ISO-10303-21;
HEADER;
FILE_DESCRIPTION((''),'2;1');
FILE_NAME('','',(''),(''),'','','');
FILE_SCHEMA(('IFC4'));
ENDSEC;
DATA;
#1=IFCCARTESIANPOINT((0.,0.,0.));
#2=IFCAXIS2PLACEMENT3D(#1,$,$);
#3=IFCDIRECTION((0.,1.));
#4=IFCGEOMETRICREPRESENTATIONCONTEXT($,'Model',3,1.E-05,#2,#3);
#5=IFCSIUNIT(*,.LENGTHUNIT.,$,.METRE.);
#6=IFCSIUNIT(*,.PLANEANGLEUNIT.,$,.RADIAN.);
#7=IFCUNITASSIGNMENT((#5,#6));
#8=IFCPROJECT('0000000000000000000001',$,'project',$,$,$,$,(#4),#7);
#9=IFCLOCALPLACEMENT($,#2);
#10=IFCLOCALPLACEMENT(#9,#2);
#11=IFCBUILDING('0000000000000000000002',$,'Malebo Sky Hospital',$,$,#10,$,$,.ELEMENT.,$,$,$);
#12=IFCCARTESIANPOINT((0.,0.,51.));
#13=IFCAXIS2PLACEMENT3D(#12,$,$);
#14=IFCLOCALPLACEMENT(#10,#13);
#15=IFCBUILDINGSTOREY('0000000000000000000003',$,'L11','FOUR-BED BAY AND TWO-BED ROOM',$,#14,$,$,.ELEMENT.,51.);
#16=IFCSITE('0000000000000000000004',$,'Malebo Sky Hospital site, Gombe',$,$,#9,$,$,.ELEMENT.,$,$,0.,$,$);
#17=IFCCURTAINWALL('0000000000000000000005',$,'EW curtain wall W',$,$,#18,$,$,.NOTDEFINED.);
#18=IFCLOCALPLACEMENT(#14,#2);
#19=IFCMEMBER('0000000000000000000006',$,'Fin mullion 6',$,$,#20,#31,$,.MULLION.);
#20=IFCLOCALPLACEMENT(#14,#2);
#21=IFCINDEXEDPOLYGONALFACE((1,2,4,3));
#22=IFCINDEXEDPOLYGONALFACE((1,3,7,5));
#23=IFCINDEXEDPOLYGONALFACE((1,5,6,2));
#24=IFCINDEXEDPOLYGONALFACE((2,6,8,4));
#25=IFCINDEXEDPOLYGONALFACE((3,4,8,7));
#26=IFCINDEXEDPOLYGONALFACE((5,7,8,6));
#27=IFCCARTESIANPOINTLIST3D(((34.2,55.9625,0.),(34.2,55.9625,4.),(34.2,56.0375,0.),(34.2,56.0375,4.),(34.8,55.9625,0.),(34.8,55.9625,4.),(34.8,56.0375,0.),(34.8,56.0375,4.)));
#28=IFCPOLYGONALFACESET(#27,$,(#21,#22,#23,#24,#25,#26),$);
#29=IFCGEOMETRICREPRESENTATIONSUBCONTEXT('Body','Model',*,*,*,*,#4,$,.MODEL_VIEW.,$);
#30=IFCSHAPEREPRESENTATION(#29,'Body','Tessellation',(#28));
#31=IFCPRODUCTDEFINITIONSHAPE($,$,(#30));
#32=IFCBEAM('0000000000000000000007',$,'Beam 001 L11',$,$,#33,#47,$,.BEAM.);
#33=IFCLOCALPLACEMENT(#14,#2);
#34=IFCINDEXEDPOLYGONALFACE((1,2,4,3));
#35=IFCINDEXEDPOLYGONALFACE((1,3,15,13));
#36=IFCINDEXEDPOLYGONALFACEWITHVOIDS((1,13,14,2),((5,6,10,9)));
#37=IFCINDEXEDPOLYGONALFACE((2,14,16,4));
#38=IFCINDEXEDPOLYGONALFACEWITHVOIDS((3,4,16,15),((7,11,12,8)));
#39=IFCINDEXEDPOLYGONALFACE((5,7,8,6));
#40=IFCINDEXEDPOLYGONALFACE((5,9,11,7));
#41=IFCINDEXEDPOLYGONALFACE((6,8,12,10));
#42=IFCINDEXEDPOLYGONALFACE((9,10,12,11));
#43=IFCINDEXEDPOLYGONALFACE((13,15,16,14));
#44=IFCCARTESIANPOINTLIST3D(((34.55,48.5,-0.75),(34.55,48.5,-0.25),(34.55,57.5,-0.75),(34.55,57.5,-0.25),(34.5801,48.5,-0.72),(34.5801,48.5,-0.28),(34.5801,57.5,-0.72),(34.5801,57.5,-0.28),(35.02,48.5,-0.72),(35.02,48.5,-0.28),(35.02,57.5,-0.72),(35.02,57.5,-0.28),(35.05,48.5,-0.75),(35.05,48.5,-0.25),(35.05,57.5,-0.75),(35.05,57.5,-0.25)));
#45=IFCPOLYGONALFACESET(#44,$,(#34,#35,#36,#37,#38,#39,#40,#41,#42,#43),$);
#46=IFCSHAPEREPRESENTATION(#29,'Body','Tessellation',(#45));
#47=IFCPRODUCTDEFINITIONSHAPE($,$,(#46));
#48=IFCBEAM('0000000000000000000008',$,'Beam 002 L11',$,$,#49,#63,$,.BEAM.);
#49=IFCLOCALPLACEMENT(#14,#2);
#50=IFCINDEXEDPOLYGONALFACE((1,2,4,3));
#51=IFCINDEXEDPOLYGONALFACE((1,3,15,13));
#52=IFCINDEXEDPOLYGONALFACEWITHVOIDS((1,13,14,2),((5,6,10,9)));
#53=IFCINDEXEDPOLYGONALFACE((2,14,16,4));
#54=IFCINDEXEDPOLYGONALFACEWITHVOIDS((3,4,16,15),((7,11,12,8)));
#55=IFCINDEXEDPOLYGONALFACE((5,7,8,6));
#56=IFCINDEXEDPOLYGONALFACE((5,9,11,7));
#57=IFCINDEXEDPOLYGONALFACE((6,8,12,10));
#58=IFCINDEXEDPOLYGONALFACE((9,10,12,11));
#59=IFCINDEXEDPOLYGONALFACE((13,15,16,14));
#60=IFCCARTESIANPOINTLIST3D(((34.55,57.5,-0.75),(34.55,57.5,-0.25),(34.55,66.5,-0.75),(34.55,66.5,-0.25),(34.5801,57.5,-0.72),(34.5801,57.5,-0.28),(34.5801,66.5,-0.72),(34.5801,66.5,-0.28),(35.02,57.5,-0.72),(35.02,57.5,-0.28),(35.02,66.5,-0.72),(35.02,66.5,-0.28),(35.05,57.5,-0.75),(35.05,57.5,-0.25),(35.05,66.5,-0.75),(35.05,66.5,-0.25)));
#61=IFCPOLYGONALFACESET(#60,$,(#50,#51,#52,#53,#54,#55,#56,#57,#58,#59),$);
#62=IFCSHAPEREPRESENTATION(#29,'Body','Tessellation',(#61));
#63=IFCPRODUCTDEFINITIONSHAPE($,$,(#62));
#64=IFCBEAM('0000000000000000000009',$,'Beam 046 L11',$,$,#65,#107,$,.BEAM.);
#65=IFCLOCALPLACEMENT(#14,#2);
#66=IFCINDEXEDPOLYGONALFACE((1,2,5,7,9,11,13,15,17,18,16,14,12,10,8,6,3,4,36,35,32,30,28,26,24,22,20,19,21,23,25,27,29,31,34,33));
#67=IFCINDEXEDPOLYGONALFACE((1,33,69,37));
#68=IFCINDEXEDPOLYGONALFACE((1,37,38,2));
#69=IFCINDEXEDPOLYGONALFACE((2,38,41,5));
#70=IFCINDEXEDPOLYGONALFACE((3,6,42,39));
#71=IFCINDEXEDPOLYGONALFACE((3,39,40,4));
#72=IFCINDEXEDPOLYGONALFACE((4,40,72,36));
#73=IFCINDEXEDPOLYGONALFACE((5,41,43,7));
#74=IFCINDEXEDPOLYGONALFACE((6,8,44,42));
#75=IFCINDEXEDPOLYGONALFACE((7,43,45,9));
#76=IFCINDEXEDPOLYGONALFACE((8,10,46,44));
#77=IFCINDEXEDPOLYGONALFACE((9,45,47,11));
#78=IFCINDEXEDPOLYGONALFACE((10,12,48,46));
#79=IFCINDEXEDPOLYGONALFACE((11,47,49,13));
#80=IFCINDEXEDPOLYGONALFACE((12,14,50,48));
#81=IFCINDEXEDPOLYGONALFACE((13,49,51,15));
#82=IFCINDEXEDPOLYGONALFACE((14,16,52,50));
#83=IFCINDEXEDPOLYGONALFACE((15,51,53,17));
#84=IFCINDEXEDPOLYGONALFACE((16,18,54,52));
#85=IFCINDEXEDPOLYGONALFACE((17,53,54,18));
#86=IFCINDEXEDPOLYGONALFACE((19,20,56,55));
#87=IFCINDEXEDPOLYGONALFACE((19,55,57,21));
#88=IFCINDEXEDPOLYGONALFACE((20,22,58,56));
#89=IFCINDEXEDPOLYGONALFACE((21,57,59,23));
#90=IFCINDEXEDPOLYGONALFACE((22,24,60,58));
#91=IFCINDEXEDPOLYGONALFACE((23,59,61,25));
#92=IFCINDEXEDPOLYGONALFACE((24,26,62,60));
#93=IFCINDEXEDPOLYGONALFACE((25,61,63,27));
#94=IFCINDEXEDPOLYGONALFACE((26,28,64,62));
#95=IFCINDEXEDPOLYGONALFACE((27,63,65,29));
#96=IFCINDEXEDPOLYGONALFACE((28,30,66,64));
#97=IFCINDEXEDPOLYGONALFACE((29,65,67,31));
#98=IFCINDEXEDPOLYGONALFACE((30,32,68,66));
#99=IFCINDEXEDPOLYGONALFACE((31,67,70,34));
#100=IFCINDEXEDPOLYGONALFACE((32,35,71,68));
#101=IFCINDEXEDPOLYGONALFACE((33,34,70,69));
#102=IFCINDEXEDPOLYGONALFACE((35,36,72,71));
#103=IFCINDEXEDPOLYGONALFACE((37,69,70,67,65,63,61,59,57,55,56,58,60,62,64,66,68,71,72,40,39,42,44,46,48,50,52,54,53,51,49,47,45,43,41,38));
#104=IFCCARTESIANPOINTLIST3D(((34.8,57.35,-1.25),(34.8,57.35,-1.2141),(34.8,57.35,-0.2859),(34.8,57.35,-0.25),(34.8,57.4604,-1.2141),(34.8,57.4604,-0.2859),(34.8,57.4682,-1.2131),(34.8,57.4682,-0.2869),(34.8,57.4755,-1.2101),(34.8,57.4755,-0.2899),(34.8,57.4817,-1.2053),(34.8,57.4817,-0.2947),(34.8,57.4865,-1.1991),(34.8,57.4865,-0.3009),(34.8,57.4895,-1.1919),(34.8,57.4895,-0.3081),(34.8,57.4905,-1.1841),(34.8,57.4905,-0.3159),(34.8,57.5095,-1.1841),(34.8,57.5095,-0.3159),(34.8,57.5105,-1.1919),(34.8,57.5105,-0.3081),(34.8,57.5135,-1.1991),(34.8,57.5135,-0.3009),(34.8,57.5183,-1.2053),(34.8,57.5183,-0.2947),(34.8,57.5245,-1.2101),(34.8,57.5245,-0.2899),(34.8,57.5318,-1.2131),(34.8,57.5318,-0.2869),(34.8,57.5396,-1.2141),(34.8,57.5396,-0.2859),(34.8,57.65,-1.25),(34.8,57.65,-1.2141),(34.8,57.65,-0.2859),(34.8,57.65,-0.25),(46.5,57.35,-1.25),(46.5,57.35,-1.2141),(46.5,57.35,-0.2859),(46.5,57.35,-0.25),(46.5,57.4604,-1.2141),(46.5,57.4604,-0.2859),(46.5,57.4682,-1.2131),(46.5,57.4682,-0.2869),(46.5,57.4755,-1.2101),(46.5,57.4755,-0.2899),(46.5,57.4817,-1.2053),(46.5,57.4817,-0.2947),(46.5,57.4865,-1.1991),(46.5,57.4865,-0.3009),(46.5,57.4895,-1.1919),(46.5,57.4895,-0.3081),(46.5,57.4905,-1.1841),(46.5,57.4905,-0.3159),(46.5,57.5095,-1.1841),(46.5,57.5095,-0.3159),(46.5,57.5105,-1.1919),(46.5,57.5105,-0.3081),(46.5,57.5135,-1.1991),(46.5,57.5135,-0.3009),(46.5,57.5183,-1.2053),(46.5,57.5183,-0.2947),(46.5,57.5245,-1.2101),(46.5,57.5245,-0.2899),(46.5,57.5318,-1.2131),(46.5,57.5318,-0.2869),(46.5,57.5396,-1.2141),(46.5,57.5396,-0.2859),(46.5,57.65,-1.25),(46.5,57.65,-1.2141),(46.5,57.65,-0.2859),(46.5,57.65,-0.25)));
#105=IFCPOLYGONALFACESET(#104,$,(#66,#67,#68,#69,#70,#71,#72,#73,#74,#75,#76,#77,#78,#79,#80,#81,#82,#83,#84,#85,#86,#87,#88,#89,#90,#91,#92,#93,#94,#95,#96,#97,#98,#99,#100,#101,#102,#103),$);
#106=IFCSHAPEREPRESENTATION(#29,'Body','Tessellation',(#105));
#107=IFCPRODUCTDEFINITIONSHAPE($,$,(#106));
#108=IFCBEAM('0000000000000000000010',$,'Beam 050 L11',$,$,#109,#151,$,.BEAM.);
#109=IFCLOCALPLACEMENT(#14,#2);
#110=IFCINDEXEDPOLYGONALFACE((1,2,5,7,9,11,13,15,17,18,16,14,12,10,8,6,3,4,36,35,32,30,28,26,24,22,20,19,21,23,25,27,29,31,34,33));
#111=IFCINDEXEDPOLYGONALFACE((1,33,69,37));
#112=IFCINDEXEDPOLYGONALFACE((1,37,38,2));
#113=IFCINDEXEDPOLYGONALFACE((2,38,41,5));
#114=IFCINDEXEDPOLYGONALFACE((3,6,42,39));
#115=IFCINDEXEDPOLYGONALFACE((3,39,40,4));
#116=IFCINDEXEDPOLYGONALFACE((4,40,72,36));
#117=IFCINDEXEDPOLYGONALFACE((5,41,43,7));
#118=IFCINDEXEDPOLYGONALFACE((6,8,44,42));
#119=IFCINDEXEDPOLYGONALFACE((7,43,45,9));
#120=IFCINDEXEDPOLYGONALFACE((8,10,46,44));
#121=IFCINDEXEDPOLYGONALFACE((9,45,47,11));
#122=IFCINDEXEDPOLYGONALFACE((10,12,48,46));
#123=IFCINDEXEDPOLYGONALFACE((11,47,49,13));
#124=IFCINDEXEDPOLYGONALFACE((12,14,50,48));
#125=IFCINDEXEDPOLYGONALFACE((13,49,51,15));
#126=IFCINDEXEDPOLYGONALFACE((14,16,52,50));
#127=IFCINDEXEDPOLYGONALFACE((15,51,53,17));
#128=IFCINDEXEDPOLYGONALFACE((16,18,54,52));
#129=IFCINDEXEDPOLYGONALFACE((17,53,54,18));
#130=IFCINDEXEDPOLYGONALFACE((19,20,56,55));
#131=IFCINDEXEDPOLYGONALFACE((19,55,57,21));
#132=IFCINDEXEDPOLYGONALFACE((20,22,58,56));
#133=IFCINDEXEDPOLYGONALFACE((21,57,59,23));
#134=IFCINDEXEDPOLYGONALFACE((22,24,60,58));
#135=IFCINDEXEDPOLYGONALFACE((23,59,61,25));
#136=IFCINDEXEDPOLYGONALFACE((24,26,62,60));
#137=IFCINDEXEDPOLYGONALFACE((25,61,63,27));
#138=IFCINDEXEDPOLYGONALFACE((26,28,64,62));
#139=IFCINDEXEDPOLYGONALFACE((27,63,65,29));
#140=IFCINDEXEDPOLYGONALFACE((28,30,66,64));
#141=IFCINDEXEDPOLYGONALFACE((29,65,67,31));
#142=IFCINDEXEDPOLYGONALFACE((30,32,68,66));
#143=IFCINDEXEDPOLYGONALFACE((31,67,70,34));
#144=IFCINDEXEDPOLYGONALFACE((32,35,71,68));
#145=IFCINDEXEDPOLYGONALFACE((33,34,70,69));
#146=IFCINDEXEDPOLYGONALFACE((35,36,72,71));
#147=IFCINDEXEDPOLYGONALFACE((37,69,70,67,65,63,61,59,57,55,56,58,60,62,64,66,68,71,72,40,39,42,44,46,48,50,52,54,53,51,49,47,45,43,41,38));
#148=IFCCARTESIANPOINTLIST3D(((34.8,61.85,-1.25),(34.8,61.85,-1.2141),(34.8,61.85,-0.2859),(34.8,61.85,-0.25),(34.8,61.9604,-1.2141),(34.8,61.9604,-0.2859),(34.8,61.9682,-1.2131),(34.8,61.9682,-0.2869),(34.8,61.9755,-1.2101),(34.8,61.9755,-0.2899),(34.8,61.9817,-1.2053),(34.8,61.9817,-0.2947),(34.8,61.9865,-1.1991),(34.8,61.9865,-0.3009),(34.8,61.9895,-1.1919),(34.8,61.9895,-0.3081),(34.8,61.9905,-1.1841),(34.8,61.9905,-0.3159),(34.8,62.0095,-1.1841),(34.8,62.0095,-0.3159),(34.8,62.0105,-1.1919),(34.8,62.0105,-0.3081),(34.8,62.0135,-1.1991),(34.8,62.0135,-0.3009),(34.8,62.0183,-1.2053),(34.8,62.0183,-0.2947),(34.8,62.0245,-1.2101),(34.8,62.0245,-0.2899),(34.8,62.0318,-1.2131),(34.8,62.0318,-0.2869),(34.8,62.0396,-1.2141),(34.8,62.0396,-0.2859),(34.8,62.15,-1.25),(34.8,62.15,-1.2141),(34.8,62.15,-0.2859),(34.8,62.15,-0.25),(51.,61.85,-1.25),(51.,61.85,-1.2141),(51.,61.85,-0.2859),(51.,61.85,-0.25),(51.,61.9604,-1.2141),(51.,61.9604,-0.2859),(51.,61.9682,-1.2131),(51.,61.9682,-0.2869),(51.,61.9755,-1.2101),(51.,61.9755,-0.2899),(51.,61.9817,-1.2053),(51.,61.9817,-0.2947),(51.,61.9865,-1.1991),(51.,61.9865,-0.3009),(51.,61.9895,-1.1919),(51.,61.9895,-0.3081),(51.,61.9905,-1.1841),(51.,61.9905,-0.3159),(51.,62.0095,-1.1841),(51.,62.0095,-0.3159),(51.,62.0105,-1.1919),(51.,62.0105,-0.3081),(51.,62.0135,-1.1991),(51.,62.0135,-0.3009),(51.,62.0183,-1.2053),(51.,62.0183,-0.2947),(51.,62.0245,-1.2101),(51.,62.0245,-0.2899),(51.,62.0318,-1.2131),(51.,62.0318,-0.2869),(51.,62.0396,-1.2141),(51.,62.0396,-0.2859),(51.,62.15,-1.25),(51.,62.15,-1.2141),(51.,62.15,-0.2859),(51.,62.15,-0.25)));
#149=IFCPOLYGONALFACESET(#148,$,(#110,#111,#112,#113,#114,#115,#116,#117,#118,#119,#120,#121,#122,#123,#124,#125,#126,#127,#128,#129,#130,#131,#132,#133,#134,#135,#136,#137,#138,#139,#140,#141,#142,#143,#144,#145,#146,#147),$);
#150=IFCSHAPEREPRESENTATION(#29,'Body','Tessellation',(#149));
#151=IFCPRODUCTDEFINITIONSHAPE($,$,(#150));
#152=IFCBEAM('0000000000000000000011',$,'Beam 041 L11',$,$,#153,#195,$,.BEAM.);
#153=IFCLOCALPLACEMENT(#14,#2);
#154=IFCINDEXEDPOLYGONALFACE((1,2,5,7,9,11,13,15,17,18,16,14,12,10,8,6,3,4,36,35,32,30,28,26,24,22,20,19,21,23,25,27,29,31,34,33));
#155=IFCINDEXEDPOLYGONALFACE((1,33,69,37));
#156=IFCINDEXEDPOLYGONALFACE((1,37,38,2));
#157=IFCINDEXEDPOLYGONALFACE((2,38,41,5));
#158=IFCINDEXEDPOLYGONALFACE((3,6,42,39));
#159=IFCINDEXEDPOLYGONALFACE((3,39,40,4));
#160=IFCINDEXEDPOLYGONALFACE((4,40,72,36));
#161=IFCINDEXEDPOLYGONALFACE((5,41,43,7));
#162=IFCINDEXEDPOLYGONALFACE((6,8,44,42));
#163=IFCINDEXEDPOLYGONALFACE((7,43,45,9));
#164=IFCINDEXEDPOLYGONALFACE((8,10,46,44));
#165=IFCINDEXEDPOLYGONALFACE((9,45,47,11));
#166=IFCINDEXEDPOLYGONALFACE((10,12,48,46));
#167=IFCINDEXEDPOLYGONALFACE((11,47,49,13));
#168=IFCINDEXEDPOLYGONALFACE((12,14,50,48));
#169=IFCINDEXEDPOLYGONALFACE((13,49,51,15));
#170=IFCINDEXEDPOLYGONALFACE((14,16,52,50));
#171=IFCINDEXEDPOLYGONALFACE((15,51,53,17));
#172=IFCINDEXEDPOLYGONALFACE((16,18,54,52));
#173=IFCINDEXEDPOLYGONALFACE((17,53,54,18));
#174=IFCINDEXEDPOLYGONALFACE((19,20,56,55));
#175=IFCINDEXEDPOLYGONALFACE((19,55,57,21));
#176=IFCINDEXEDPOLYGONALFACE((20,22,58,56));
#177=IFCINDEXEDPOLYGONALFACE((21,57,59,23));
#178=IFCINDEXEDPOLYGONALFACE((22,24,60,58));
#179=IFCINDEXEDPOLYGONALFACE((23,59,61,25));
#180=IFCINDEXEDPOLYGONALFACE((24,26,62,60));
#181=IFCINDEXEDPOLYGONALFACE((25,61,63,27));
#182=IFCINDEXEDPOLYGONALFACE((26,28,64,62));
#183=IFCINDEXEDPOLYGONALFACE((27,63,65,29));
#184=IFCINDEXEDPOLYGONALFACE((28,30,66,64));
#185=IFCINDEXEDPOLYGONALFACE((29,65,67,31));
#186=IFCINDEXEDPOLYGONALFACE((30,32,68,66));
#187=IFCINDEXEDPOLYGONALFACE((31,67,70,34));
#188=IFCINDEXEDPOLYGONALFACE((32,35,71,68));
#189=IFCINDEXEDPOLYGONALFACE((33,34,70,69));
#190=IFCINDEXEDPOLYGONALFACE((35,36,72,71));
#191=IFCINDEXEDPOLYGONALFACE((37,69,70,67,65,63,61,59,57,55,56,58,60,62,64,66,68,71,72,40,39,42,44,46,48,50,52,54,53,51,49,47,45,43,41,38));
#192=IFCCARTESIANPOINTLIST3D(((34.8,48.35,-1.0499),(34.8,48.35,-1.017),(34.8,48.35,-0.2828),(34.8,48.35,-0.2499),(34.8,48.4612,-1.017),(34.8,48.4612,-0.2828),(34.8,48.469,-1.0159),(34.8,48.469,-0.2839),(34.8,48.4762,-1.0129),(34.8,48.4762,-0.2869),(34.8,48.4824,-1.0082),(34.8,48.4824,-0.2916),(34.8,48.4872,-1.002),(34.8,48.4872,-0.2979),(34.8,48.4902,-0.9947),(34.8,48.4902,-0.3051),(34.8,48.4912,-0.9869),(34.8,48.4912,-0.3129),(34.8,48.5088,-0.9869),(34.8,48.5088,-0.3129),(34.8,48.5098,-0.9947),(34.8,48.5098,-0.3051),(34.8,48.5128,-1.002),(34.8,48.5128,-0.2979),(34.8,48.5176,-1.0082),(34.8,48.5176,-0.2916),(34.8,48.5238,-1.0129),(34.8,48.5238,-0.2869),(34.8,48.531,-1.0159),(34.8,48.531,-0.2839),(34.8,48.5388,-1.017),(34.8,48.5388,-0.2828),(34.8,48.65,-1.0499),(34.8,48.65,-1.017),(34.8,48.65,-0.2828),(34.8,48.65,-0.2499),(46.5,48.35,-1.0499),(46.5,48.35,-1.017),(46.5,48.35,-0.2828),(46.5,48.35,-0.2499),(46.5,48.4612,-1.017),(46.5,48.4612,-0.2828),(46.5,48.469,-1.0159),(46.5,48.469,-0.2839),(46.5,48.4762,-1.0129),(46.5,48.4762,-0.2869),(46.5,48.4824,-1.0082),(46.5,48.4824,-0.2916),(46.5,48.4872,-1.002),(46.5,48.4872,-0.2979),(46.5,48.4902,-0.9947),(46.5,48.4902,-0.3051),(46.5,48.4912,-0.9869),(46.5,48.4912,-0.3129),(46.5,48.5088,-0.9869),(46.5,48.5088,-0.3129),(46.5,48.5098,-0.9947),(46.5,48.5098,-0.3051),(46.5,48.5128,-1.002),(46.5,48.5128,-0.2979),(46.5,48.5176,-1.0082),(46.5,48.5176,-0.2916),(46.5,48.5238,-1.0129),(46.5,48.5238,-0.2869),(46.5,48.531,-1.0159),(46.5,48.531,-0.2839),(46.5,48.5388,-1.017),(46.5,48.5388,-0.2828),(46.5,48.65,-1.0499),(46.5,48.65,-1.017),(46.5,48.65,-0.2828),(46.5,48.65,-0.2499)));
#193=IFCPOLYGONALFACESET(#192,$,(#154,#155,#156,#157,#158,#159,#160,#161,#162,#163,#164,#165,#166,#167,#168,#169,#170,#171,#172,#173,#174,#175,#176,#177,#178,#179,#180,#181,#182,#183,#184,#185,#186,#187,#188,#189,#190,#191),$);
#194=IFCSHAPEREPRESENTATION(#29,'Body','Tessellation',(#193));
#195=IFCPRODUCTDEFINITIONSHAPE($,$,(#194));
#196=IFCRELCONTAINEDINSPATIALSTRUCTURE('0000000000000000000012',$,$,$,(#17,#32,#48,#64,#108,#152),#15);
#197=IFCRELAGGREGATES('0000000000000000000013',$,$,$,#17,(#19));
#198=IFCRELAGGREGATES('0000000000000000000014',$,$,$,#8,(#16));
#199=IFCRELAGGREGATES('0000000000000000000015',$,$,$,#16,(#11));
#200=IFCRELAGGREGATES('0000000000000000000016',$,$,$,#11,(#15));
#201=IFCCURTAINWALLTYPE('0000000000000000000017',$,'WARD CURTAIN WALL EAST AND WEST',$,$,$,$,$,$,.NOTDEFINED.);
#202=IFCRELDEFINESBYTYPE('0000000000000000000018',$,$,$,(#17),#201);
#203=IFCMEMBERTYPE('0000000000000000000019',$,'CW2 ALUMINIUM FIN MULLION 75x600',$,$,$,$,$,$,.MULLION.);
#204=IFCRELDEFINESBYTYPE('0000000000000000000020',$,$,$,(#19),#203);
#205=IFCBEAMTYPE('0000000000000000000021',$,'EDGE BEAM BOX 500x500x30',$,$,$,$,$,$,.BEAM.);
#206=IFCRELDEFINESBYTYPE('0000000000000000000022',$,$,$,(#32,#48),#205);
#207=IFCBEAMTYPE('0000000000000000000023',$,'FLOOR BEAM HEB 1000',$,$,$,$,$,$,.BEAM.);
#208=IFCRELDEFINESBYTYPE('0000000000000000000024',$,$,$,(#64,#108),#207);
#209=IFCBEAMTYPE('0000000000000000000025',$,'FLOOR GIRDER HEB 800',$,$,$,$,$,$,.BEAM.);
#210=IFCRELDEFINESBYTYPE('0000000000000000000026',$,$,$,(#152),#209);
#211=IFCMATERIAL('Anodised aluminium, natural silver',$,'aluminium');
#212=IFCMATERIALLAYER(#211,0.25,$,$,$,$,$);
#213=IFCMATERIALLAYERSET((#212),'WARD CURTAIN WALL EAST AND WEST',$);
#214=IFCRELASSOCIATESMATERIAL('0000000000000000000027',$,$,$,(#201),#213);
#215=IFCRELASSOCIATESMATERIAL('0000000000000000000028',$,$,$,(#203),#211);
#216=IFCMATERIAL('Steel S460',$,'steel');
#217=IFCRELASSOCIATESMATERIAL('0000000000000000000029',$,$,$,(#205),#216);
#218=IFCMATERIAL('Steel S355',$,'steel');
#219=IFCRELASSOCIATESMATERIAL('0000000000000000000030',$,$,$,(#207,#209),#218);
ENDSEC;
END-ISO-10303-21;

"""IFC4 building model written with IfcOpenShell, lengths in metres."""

from ifc_helpers import new_model, si_unit, direction, frame, origin, origin_2d, place, context, subcontext, project, spatial, rectangle, hollow_rectangle, i_section, extrude, material, layer, layer_set, material_profile, profile_set, type_object, element, aggregate, save


model = new_model("IFC4")

# Units and contexts
model_context = context("Model", 3, precision=1e-05, world=origin(), true_north=direction((0.0, 1.0)))
body_context = subcontext(model_context, "Body", "Model", "MODEL_VIEW")
ifc_project = project(units=[si_unit("LENGTHUNIT", "METRE"), si_unit("PLANEANGLEUNIT", "RADIAN")], contexts=[model_context])

# Site, building, storey
site_placement = place(None, origin())
site = spatial("IfcSite", under=ifc_project, at=site_placement, Name="Malebo Sky Hospital site, Gombe", CompositionType="ELEMENT", RefElevation=0.0)
building_placement = place(site_placement, origin())
building = spatial("IfcBuilding", under=site, at=building_placement, Name="Malebo Sky Hospital", CompositionType="ELEMENT")
storey_placement = place(building_placement, frame((0.0, 0.0, 51.0)))
storey = spatial("IfcBuildingStorey", under=building, at=storey_placement, Name="L11", Description="FOUR-BED BAY AND TWO-BED ROOM", CompositionType="ELEMENT", Elevation=51.0)

# Shared definitions
ifc_material_1 = material(Name="Steel S460", Category="steel")

# Curtain wall
ifc_material_2 = material(Name="Anodised aluminium, natural silver", Category="aluminium")
ifc_layer_1 = layer(ifc_material_2, 0.25)
ifc_layer_set_1 = layer_set([ifc_layer_1], Name="WARD CURTAIN WALL EAST AND WEST")
curtain_wall_type = type_object("IfcCurtainWallType", Name="WARD CURTAIN WALL EAST AND WEST", PredefinedType="NOTDEFINED", material=ifc_layer_set_1)
curtain_wall_placement = place(storey_placement, origin())
curtain_wall = element("IfcCurtainWall", 1, at=curtain_wall_placement, inside=storey, type_object=curtain_wall_type, Name="EW curtain wall W", PredefinedType="NOTDEFINED")

# Member
ifc_material_3 = material(Name="Steel S355", Category="steel")
ifc_material_profile_1 = material_profile(ifc_material_2, rectangle(XDim=0.075, YDim=0.6001, at=origin_2d()), Name="CW2 ALUMINIUM FIN MULLION 75x600")
ifc_profile_set_1 = profile_set([ifc_material_profile_1], Name="Anodised aluminium, natural silver")
member_type_1 = type_object("IfcMemberType", Name="CW2 ALUMINIUM FIN MULLION 75x600", PredefinedType="MULLION", material=ifc_profile_set_1)
member_1_placement = place(storey_placement, frame((34.5, 56.0, 0.0), z_axis=(0.0, 0.0, 1.0), x_axis=(0.0, 1.0, 0.0)))
member_1 = element("IfcMember", 2, at=member_1_placement, type_object=member_type_1, Name="Fin mullion 6", PredefinedType="MULLION", context=body_context, shape_type="SweptSolid", body=[
    extrude(rectangle(XDim=0.075, YDim=0.6001, at=origin_2d()), origin(), (0.0, 0.0, 1.0), 4.0),
])

# Beams
ifc_material_profile_2 = material_profile(ifc_material_1, hollow_rectangle(XDim=0.5, YDim=0.5, WallThickness=0.03, at=origin_2d()), Name="BOX 500x500x30")
ifc_profile_set_2 = profile_set([ifc_material_profile_2], Name="Steel S460")
beam_type_1 = type_object("IfcBeamType", Name="EDGE BEAM BOX 500x500x30", PredefinedType="BEAM", material=ifc_profile_set_2)
for number, where, z_axis, x_axis, name in (
    (3, (34.8, 48.5, -0.5), (0.0, 1.0, 0.0), (-1.0, 0.0, 0.0), "Beam 001 L11"),
    (4, (34.8, 57.5, -0.5), (0.0, 1.0, 0.0), (-1.0, 0.0, 0.0), "Beam 002 L11"),
):
    element("IfcBeam", number, at=place(storey_placement, frame(where, z_axis=z_axis, x_axis=x_axis)), inside=storey, type_object=beam_type_1, Name=name, PredefinedType="BEAM", context=body_context, shape_type="SweptSolid", body=[
        extrude(hollow_rectangle(XDim=0.5, YDim=0.5, WallThickness=0.03, at=origin_2d()), origin(), (0.0, 0.0, 1.0), 9.0),
    ])
ifc_material_profile_3 = material_profile(ifc_material_3, i_section(OverallWidth=0.3, OverallDepth=1.0, WebThickness=0.019, FlangeThickness=0.0359, FilletRadius=0.03, at=origin_2d()), Name="HEB 1000")
ifc_profile_set_3 = profile_set([ifc_material_profile_3], Name="Steel S355")
beam_type_2 = type_object("IfcBeamType", Name="FLOOR BEAM HEB 1000", PredefinedType="BEAM", material=ifc_profile_set_3)
beam_1_placement = place(storey_placement, frame((34.8, 57.5, -0.75), z_axis=(1.0, 0.0, 0.0), x_axis=(0.0, 1.0, 0.0)))
element("IfcBeam", 5, at=beam_1_placement, inside=storey, type_object=beam_type_2, Name="Beam 046 L11", PredefinedType="BEAM", context=body_context, shape_type="SweptSolid", body=[
    extrude(i_section(OverallWidth=0.3, OverallDepth=1.0, WebThickness=0.019, FlangeThickness=0.0359, FilletRadius=0.03, at=origin_2d()), origin(), (0.0, 0.0, 1.0), 11.7),
])
beam_2_placement = place(storey_placement, frame((34.8, 62.0, -0.75), z_axis=(1.0, 0.0, 0.0), x_axis=(0.0, 1.0, 0.0)))
element("IfcBeam", 6, at=beam_2_placement, inside=storey, type_object=beam_type_2, Name="Beam 050 L11", PredefinedType="BEAM", context=body_context, shape_type="SweptSolid", body=[
    extrude(i_section(OverallWidth=0.3, OverallDepth=1.0, WebThickness=0.019, FlangeThickness=0.0359, FilletRadius=0.03, at=origin_2d()), origin(), (0.0, 0.0, 1.0), 16.2),
])
ifc_material_profile_4 = material_profile(ifc_material_3, i_section(OverallWidth=0.3, OverallDepth=0.8, WebThickness=0.0176, FlangeThickness=0.033, FilletRadius=0.03, at=origin_2d()), Name="HEB 800")
ifc_profile_set_4 = profile_set([ifc_material_profile_4], Name="Steel S355")
beam_type_3 = type_object("IfcBeamType", Name="FLOOR GIRDER HEB 800", PredefinedType="BEAM", material=ifc_profile_set_4)
beam_3_placement = place(storey_placement, frame((34.8, 48.5, -0.6499), z_axis=(1.0, 0.0, 0.0), x_axis=(0.0, 1.0, 0.0)))
element("IfcBeam", 7, at=beam_3_placement, inside=storey, type_object=beam_type_3, Name="Beam 041 L11", PredefinedType="BEAM", context=body_context, shape_type="SweptSolid", body=[
    extrude(i_section(OverallWidth=0.3, OverallDepth=0.8, WebThickness=0.0176, FlangeThickness=0.033, FilletRadius=0.03, at=origin_2d()), origin(), (0.0, 0.0, 1.0), 11.7),
])

aggregate(curtain_wall, [member_1])

save(model, "model.ifc")
